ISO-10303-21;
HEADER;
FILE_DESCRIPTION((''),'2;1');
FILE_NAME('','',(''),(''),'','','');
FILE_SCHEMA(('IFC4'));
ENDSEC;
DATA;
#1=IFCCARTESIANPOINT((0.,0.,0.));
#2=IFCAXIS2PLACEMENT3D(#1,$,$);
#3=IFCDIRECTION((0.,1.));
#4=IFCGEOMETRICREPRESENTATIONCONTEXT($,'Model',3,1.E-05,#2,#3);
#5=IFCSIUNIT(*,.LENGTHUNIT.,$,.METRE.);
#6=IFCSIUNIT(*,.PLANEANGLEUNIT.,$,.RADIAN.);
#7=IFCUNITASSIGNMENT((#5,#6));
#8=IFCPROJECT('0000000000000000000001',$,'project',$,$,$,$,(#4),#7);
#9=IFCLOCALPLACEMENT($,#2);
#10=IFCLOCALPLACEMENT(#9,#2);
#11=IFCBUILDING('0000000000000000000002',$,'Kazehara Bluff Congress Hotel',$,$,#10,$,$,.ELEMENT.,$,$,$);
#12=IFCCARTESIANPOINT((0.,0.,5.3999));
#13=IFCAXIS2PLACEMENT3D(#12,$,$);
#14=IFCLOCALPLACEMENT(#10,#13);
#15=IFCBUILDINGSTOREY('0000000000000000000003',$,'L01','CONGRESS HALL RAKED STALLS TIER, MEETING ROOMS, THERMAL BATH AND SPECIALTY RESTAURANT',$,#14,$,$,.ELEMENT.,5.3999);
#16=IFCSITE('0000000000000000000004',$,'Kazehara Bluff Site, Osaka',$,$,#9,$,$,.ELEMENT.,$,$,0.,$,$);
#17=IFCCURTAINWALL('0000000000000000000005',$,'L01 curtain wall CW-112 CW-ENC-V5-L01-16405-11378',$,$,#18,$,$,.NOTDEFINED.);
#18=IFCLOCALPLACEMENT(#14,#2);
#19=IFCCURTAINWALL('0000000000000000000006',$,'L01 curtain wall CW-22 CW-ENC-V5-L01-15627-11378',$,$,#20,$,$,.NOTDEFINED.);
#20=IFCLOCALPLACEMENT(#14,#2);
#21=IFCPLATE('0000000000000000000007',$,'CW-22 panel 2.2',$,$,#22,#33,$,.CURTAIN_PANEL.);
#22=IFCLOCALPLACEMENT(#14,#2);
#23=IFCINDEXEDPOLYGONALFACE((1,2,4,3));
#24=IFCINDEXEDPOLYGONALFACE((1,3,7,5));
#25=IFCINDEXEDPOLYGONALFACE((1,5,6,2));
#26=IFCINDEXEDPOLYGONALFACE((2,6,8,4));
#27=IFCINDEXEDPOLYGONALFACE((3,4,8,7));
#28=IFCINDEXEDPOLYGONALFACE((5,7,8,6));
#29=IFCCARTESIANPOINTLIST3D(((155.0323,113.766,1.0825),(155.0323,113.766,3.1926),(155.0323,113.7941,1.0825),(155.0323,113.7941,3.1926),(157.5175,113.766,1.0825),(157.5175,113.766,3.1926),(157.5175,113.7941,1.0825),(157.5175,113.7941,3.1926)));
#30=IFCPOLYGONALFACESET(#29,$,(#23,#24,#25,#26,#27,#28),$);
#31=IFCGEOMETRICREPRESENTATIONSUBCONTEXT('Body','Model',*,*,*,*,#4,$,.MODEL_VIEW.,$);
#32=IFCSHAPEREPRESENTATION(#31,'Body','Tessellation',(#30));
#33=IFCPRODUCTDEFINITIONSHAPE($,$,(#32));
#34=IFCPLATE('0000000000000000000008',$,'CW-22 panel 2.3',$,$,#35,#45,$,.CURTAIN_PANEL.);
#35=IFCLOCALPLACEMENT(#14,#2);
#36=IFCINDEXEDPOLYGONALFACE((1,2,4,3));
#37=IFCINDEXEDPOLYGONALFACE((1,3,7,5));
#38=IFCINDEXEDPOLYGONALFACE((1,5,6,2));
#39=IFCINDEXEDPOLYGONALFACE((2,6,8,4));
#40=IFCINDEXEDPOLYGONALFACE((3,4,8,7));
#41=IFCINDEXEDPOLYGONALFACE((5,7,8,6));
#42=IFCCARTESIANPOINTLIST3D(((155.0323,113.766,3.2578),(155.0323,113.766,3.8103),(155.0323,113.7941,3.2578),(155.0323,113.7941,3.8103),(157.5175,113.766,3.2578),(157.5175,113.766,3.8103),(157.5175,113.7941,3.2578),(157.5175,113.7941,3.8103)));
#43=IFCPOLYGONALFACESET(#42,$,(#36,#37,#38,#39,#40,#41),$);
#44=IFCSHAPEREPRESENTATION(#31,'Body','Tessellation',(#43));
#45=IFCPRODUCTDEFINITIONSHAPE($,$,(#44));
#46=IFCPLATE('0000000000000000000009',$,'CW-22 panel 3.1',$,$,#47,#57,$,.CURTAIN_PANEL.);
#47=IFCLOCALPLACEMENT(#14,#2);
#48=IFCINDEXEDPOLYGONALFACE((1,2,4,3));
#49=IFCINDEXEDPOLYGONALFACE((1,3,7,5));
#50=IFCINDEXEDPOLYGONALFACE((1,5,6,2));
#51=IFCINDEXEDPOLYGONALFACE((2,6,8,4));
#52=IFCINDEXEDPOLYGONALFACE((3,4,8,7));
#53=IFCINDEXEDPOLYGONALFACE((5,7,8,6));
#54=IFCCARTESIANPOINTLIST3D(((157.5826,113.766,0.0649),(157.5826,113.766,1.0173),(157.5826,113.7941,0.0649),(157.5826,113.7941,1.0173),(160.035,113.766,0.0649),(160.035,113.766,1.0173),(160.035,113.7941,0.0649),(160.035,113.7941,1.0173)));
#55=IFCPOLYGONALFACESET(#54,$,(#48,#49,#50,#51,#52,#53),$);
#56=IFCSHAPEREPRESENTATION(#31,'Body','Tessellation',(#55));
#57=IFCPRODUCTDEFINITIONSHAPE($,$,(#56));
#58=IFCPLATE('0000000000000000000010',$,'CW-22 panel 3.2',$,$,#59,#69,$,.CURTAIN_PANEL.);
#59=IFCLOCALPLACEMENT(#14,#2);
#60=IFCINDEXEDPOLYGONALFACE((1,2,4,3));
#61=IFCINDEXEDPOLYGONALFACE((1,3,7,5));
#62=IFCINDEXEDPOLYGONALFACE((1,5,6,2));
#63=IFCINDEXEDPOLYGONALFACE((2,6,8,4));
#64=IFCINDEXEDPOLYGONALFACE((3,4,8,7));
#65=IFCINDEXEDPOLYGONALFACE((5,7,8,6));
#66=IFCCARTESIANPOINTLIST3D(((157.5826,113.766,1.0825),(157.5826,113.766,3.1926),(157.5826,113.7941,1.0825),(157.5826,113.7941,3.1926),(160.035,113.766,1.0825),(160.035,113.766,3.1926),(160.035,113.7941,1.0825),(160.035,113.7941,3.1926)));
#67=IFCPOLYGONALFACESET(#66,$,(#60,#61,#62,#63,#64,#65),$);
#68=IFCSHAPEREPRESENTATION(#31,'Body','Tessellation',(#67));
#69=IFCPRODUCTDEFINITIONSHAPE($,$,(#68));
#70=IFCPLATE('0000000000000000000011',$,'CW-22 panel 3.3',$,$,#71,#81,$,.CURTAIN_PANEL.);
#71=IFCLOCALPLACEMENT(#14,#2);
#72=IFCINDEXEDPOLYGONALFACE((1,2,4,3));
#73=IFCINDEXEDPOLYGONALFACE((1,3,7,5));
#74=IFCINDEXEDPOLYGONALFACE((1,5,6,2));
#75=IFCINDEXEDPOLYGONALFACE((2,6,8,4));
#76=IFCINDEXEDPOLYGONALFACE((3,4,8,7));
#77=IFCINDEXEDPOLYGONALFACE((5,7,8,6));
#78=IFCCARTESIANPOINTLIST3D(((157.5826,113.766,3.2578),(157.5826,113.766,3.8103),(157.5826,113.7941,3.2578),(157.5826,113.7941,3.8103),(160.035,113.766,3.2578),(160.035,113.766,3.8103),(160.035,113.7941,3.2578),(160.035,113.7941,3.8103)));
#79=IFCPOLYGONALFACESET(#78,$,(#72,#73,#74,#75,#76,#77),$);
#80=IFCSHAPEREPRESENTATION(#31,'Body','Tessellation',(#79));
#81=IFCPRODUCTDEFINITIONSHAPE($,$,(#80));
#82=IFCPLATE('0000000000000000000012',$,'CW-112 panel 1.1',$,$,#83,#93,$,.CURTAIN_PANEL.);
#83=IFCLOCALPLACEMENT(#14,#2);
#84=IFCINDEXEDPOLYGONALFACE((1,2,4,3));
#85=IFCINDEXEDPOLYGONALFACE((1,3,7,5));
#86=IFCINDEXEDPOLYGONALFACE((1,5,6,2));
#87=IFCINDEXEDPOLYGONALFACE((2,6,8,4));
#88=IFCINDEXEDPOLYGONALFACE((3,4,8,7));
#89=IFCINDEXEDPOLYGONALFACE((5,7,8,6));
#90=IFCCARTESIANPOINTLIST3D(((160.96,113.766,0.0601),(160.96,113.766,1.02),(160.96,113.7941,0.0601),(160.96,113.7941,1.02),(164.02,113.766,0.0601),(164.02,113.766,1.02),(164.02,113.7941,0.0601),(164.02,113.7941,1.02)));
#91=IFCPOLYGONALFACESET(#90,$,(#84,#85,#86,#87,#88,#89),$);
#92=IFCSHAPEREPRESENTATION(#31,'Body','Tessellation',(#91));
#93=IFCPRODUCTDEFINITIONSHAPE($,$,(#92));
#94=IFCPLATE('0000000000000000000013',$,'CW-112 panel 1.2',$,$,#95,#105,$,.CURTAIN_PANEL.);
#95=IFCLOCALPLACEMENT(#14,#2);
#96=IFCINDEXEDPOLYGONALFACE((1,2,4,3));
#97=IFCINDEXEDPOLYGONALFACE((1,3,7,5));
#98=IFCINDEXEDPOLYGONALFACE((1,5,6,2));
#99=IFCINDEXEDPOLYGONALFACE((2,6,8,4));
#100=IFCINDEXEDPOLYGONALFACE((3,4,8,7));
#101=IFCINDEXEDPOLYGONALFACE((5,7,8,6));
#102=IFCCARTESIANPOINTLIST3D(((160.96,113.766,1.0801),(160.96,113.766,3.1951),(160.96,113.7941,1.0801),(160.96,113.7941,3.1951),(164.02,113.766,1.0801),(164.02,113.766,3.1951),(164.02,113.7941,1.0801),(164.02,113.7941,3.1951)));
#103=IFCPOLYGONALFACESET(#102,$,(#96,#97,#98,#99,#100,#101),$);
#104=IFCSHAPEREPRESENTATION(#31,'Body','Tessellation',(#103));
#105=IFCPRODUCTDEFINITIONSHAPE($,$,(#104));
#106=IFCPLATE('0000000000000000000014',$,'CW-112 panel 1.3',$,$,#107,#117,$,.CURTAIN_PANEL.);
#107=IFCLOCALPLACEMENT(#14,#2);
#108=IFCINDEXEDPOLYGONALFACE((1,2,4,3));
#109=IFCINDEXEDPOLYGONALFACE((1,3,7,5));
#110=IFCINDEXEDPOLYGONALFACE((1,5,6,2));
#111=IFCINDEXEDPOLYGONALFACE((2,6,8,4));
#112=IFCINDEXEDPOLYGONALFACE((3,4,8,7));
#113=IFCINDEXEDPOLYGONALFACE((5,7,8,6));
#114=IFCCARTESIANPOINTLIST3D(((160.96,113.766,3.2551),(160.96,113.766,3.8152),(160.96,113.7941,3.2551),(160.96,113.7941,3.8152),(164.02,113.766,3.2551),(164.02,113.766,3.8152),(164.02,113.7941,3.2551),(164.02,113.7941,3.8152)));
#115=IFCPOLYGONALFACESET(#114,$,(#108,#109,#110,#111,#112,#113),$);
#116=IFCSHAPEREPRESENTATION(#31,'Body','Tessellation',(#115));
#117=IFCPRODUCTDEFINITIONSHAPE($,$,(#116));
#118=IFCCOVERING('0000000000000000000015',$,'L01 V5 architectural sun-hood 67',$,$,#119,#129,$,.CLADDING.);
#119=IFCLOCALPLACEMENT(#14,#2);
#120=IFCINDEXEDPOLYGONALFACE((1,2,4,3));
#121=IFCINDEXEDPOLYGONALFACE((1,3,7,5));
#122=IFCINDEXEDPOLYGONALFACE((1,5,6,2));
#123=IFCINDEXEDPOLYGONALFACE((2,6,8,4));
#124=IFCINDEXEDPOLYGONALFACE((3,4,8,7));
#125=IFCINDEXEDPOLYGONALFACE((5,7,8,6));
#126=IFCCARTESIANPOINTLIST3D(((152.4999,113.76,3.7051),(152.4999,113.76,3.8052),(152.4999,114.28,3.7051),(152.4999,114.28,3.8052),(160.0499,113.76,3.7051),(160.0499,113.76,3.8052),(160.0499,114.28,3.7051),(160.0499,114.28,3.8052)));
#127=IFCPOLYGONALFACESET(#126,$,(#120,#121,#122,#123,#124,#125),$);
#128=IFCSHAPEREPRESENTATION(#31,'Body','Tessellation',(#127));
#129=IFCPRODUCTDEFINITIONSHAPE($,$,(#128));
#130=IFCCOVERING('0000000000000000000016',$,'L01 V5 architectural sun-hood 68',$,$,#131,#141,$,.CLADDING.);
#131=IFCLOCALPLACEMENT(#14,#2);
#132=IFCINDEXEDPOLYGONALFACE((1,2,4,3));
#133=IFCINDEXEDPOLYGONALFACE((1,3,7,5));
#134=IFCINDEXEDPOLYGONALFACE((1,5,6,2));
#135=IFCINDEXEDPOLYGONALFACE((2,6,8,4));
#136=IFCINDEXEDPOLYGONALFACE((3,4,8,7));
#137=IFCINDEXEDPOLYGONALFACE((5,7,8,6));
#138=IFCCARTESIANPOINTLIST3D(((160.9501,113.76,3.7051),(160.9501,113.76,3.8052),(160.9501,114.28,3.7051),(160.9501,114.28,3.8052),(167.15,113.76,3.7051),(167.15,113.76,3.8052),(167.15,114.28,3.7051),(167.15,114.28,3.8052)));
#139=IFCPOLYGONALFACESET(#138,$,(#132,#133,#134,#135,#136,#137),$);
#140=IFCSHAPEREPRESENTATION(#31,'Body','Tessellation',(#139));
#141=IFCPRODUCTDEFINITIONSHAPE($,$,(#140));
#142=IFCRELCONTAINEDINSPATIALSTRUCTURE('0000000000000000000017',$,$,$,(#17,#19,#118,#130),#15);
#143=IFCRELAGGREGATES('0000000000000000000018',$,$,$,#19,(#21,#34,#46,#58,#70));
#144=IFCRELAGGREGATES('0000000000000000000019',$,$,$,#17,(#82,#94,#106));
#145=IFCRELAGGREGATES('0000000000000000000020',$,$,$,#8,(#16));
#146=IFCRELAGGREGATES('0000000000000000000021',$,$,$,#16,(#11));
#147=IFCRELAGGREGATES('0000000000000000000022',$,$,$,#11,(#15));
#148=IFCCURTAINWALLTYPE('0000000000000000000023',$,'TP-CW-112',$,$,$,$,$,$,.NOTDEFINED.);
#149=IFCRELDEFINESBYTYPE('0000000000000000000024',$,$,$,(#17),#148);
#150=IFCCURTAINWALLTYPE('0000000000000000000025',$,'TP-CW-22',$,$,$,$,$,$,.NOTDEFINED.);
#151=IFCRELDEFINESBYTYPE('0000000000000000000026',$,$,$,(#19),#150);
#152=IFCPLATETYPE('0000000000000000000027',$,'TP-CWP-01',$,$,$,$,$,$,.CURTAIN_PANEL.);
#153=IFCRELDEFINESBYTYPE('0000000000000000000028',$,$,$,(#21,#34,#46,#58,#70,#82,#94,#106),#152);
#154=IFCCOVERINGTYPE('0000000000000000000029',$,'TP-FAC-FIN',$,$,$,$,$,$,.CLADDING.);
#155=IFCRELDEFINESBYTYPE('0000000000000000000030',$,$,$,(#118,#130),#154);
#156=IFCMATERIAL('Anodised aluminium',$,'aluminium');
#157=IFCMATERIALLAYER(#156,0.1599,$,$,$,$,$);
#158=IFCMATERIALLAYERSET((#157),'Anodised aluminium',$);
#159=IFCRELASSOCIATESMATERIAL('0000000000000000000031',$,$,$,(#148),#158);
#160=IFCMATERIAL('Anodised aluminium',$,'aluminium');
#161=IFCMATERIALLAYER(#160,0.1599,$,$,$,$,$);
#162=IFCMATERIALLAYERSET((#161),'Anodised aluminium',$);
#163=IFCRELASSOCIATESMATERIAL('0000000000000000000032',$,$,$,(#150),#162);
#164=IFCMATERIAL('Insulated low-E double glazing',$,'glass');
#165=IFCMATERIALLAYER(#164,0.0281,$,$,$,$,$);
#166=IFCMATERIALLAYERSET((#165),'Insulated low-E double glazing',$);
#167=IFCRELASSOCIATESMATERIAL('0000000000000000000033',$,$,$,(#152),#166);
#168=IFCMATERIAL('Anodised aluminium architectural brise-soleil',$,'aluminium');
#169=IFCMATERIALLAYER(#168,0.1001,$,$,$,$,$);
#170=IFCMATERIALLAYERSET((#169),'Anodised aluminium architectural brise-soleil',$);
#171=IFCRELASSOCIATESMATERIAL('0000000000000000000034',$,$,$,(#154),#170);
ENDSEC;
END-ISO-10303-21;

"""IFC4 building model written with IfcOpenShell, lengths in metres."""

from ifc_helpers import new_model, si_unit, direction, frame, origin, origin_2d, place, context, subcontext, project, spatial, rectangle, extrude, material, layer, layer_set, type_object, element, aggregate, save


model = new_model("IFC4")

# Units and contexts
model_context = context("Model", 3, precision=1e-05, world=origin(), true_north=direction((0.0, 1.0)))
body_context = subcontext(model_context, "Body", "Model", "MODEL_VIEW")
ifc_project = project(units=[si_unit("LENGTHUNIT", "METRE"), si_unit("PLANEANGLEUNIT", "RADIAN")], contexts=[model_context])

# Site, building, storey
site_placement = place(None, origin())
site = spatial("IfcSite", under=ifc_project, at=site_placement, Name="Kazehara Bluff Site, Osaka", CompositionType="ELEMENT", RefElevation=0.0)
building_placement = place(site_placement, origin())
building = spatial("IfcBuilding", under=site, at=building_placement, Name="Kazehara Bluff Congress Hotel", CompositionType="ELEMENT")
storey_placement = place(building_placement, frame((0.0, 0.0, 5.3999)))
storey = spatial("IfcBuildingStorey", under=building, at=storey_placement, Name="L01", Description="CONGRESS HALL RAKED STALLS TIER, MEETING ROOMS, THERMAL BATH AND SPECIALTY RESTAURANT", CompositionType="ELEMENT", Elevation=5.3999)

# Curtain walls
ifc_material_1 = material(Name="Anodised aluminium", Category="aluminium")
ifc_layer_1 = layer(ifc_material_1, 0.1599)
ifc_layer_set_1 = layer_set([ifc_layer_1], Name="Anodised aluminium")
curtain_wall_type_1 = type_object("IfcCurtainWallType", Name="TP-CW-112", PredefinedType="NOTDEFINED", material=ifc_layer_set_1)
curtain_wall_1_placement = place(storey_placement, origin())
curtain_wall_1 = element("IfcCurtainWall", 1, at=curtain_wall_1_placement, inside=storey, type_object=curtain_wall_type_1, Name="L01 curtain wall CW-112 CW-ENC-V5-L01-16405-11378", PredefinedType="NOTDEFINED")
ifc_material_2 = material(Name="Anodised aluminium", Category="aluminium")
ifc_layer_2 = layer(ifc_material_2, 0.1599)
ifc_layer_set_2 = layer_set([ifc_layer_2], Name="Anodised aluminium")
curtain_wall_type_2 = type_object("IfcCurtainWallType", Name="TP-CW-22", PredefinedType="NOTDEFINED", material=ifc_layer_set_2)
curtain_wall_2_placement = place(storey_placement, origin())
curtain_wall_2 = element("IfcCurtainWall", 2, at=curtain_wall_2_placement, inside=storey, type_object=curtain_wall_type_2, Name="L01 curtain wall CW-22 CW-ENC-V5-L01-15627-11378", PredefinedType="NOTDEFINED")

# Plates
ifc_material_3 = material(Name="Insulated low-E double glazing", Category="glass")
ifc_layer_3 = layer(ifc_material_3, 0.0281)
ifc_layer_set_3 = layer_set([ifc_layer_3], Name="Insulated low-E double glazing")
plate_type = type_object("IfcPlateType", Name="TP-CWP-01", PredefinedType="CURTAIN_PANEL", material=ifc_layer_set_3)
plate_1_placement = place(storey_placement, frame((156.2749, 113.78, 1.0825), z_axis=(0.0, 0.0, 1.0), x_axis=(1.0, 0.0, 0.0)))
plate_1 = element("IfcPlate", 3, at=plate_1_placement, type_object=plate_type, Name="CW-22 panel 2.2", PredefinedType="CURTAIN_PANEL", context=body_context, shape_type="SweptSolid", body=[
    extrude(rectangle(XDim=2.4851, YDim=0.0281, at=origin_2d()), origin(), (0.0, 0.0, 1.0), 2.1101),
])
plate_2_placement = place(storey_placement, frame((156.2749, 113.78, 3.2578), z_axis=(0.0, 0.0, 1.0), x_axis=(1.0, 0.0, 0.0)))
plate_2 = element("IfcPlate", 4, at=plate_2_placement, type_object=plate_type, Name="CW-22 panel 2.3", PredefinedType="CURTAIN_PANEL", context=body_context, shape_type="SweptSolid", body=[
    extrude(rectangle(XDim=2.4851, YDim=0.0281, at=origin_2d()), origin(), (0.0, 0.0, 1.0), 0.5525),
])
plate_3_placement = place(storey_placement, frame((158.8088, 113.78, 0.0649), z_axis=(0.0, 0.0, 1.0), x_axis=(1.0, 0.0, 0.0)))
plate_3 = element("IfcPlate", 5, at=plate_3_placement, type_object=plate_type, Name="CW-22 panel 3.1", PredefinedType="CURTAIN_PANEL", context=body_context, shape_type="SweptSolid", body=[
    extrude(rectangle(XDim=2.4524, YDim=0.0281, at=origin_2d()), origin(), (0.0, 0.0, 1.0), 0.9524),
])
plate_4_placement = place(storey_placement, frame((158.8088, 113.78, 1.0825), z_axis=(0.0, 0.0, 1.0), x_axis=(1.0, 0.0, 0.0)))
plate_4 = element("IfcPlate", 6, at=plate_4_placement, type_object=plate_type, Name="CW-22 panel 3.2", PredefinedType="CURTAIN_PANEL", context=body_context, shape_type="SweptSolid", body=[
    extrude(rectangle(XDim=2.4524, YDim=0.0281, at=origin_2d()), origin(), (0.0, 0.0, 1.0), 2.1101),
])
plate_5_placement = place(storey_placement, frame((158.8088, 113.78, 3.2578), z_axis=(0.0, 0.0, 1.0), x_axis=(1.0, 0.0, 0.0)))
plate_5 = element("IfcPlate", 7, at=plate_5_placement, type_object=plate_type, Name="CW-22 panel 3.3", PredefinedType="CURTAIN_PANEL", context=body_context, shape_type="SweptSolid", body=[
    extrude(rectangle(XDim=2.4524, YDim=0.0281, at=origin_2d()), origin(), (0.0, 0.0, 1.0), 0.5525),
])
aggregate(curtain_wall_2, [plate_1, plate_2, plate_3, plate_4, plate_5])
plate_6_placement = place(storey_placement, frame((162.49, 113.78, 0.0601), z_axis=(0.0, 0.0, 1.0), x_axis=(1.0, 0.0, 0.0)))
plate_6 = element("IfcPlate", 8, at=plate_6_placement, type_object=plate_type, Name="CW-112 panel 1.1", PredefinedType="CURTAIN_PANEL", context=body_context, shape_type="SweptSolid", body=[
    extrude(rectangle(XDim=3.0601, YDim=0.0281, at=origin_2d()), origin(), (0.0, 0.0, 1.0), 0.96),
])
plate_7_placement = place(storey_placement, frame((162.49, 113.78, 1.0801), z_axis=(0.0, 0.0, 1.0), x_axis=(1.0, 0.0, 0.0)))
plate_7 = element("IfcPlate", 9, at=plate_7_placement, type_object=plate_type, Name="CW-112 panel 1.2", PredefinedType="CURTAIN_PANEL", context=body_context, shape_type="SweptSolid", body=[
    extrude(rectangle(XDim=3.0601, YDim=0.0281, at=origin_2d()), origin(), (0.0, 0.0, 1.0), 2.115),
])
plate_8_placement = place(storey_placement, frame((162.49, 113.78, 3.2551), z_axis=(0.0, 0.0, 1.0), x_axis=(1.0, 0.0, 0.0)))
plate_8 = element("IfcPlate", 10, at=plate_8_placement, type_object=plate_type, Name="CW-112 panel 1.3", PredefinedType="CURTAIN_PANEL", context=body_context, shape_type="SweptSolid", body=[
    extrude(rectangle(XDim=3.0601, YDim=0.0281, at=origin_2d()), origin(), (0.0, 0.0, 1.0), 0.5601),
])
aggregate(curtain_wall_1, [plate_6, plate_7, plate_8])

# Coverings
ifc_material_4 = material(Name="Anodised aluminium architectural brise-soleil", Category="aluminium")
ifc_layer_4 = layer(ifc_material_4, 0.1001)
ifc_layer_set_4 = layer_set([ifc_layer_4], Name="Anodised aluminium architectural brise-soleil")
covering_type = type_object("IfcCoveringType", Name="TP-FAC-FIN", PredefinedType="CLADDING", material=ifc_layer_set_4)
covering_1_placement = place(storey_placement, frame((156.2749, 114.02, 3.7051), z_axis=(0.0, 0.0, 1.0), x_axis=(1.0, 0.0, 0.0)))
element("IfcCovering", 11, at=covering_1_placement, inside=storey, type_object=covering_type, Name="L01 V5 architectural sun-hood 67", PredefinedType="CLADDING", context=body_context, shape_type="SweptSolid", body=[
    extrude(rectangle(XDim=7.55, YDim=0.52, at=origin_2d()), origin(), (0.0, 0.0, 1.0), 0.1001),
])
covering_2_placement = place(storey_placement, frame((164.05, 114.02, 3.7051), z_axis=(0.0, 0.0, 1.0), x_axis=(1.0, 0.0, 0.0)))
element("IfcCovering", 12, at=covering_2_placement, inside=storey, type_object=covering_type, Name="L01 V5 architectural sun-hood 68", PredefinedType="CLADDING", context=body_context, shape_type="SweptSolid", body=[
    extrude(rectangle(XDim=6.2, YDim=0.52, at=origin_2d()), origin(), (0.0, 0.0, 1.0), 0.1001),
])

save(model, "model.ifc")
